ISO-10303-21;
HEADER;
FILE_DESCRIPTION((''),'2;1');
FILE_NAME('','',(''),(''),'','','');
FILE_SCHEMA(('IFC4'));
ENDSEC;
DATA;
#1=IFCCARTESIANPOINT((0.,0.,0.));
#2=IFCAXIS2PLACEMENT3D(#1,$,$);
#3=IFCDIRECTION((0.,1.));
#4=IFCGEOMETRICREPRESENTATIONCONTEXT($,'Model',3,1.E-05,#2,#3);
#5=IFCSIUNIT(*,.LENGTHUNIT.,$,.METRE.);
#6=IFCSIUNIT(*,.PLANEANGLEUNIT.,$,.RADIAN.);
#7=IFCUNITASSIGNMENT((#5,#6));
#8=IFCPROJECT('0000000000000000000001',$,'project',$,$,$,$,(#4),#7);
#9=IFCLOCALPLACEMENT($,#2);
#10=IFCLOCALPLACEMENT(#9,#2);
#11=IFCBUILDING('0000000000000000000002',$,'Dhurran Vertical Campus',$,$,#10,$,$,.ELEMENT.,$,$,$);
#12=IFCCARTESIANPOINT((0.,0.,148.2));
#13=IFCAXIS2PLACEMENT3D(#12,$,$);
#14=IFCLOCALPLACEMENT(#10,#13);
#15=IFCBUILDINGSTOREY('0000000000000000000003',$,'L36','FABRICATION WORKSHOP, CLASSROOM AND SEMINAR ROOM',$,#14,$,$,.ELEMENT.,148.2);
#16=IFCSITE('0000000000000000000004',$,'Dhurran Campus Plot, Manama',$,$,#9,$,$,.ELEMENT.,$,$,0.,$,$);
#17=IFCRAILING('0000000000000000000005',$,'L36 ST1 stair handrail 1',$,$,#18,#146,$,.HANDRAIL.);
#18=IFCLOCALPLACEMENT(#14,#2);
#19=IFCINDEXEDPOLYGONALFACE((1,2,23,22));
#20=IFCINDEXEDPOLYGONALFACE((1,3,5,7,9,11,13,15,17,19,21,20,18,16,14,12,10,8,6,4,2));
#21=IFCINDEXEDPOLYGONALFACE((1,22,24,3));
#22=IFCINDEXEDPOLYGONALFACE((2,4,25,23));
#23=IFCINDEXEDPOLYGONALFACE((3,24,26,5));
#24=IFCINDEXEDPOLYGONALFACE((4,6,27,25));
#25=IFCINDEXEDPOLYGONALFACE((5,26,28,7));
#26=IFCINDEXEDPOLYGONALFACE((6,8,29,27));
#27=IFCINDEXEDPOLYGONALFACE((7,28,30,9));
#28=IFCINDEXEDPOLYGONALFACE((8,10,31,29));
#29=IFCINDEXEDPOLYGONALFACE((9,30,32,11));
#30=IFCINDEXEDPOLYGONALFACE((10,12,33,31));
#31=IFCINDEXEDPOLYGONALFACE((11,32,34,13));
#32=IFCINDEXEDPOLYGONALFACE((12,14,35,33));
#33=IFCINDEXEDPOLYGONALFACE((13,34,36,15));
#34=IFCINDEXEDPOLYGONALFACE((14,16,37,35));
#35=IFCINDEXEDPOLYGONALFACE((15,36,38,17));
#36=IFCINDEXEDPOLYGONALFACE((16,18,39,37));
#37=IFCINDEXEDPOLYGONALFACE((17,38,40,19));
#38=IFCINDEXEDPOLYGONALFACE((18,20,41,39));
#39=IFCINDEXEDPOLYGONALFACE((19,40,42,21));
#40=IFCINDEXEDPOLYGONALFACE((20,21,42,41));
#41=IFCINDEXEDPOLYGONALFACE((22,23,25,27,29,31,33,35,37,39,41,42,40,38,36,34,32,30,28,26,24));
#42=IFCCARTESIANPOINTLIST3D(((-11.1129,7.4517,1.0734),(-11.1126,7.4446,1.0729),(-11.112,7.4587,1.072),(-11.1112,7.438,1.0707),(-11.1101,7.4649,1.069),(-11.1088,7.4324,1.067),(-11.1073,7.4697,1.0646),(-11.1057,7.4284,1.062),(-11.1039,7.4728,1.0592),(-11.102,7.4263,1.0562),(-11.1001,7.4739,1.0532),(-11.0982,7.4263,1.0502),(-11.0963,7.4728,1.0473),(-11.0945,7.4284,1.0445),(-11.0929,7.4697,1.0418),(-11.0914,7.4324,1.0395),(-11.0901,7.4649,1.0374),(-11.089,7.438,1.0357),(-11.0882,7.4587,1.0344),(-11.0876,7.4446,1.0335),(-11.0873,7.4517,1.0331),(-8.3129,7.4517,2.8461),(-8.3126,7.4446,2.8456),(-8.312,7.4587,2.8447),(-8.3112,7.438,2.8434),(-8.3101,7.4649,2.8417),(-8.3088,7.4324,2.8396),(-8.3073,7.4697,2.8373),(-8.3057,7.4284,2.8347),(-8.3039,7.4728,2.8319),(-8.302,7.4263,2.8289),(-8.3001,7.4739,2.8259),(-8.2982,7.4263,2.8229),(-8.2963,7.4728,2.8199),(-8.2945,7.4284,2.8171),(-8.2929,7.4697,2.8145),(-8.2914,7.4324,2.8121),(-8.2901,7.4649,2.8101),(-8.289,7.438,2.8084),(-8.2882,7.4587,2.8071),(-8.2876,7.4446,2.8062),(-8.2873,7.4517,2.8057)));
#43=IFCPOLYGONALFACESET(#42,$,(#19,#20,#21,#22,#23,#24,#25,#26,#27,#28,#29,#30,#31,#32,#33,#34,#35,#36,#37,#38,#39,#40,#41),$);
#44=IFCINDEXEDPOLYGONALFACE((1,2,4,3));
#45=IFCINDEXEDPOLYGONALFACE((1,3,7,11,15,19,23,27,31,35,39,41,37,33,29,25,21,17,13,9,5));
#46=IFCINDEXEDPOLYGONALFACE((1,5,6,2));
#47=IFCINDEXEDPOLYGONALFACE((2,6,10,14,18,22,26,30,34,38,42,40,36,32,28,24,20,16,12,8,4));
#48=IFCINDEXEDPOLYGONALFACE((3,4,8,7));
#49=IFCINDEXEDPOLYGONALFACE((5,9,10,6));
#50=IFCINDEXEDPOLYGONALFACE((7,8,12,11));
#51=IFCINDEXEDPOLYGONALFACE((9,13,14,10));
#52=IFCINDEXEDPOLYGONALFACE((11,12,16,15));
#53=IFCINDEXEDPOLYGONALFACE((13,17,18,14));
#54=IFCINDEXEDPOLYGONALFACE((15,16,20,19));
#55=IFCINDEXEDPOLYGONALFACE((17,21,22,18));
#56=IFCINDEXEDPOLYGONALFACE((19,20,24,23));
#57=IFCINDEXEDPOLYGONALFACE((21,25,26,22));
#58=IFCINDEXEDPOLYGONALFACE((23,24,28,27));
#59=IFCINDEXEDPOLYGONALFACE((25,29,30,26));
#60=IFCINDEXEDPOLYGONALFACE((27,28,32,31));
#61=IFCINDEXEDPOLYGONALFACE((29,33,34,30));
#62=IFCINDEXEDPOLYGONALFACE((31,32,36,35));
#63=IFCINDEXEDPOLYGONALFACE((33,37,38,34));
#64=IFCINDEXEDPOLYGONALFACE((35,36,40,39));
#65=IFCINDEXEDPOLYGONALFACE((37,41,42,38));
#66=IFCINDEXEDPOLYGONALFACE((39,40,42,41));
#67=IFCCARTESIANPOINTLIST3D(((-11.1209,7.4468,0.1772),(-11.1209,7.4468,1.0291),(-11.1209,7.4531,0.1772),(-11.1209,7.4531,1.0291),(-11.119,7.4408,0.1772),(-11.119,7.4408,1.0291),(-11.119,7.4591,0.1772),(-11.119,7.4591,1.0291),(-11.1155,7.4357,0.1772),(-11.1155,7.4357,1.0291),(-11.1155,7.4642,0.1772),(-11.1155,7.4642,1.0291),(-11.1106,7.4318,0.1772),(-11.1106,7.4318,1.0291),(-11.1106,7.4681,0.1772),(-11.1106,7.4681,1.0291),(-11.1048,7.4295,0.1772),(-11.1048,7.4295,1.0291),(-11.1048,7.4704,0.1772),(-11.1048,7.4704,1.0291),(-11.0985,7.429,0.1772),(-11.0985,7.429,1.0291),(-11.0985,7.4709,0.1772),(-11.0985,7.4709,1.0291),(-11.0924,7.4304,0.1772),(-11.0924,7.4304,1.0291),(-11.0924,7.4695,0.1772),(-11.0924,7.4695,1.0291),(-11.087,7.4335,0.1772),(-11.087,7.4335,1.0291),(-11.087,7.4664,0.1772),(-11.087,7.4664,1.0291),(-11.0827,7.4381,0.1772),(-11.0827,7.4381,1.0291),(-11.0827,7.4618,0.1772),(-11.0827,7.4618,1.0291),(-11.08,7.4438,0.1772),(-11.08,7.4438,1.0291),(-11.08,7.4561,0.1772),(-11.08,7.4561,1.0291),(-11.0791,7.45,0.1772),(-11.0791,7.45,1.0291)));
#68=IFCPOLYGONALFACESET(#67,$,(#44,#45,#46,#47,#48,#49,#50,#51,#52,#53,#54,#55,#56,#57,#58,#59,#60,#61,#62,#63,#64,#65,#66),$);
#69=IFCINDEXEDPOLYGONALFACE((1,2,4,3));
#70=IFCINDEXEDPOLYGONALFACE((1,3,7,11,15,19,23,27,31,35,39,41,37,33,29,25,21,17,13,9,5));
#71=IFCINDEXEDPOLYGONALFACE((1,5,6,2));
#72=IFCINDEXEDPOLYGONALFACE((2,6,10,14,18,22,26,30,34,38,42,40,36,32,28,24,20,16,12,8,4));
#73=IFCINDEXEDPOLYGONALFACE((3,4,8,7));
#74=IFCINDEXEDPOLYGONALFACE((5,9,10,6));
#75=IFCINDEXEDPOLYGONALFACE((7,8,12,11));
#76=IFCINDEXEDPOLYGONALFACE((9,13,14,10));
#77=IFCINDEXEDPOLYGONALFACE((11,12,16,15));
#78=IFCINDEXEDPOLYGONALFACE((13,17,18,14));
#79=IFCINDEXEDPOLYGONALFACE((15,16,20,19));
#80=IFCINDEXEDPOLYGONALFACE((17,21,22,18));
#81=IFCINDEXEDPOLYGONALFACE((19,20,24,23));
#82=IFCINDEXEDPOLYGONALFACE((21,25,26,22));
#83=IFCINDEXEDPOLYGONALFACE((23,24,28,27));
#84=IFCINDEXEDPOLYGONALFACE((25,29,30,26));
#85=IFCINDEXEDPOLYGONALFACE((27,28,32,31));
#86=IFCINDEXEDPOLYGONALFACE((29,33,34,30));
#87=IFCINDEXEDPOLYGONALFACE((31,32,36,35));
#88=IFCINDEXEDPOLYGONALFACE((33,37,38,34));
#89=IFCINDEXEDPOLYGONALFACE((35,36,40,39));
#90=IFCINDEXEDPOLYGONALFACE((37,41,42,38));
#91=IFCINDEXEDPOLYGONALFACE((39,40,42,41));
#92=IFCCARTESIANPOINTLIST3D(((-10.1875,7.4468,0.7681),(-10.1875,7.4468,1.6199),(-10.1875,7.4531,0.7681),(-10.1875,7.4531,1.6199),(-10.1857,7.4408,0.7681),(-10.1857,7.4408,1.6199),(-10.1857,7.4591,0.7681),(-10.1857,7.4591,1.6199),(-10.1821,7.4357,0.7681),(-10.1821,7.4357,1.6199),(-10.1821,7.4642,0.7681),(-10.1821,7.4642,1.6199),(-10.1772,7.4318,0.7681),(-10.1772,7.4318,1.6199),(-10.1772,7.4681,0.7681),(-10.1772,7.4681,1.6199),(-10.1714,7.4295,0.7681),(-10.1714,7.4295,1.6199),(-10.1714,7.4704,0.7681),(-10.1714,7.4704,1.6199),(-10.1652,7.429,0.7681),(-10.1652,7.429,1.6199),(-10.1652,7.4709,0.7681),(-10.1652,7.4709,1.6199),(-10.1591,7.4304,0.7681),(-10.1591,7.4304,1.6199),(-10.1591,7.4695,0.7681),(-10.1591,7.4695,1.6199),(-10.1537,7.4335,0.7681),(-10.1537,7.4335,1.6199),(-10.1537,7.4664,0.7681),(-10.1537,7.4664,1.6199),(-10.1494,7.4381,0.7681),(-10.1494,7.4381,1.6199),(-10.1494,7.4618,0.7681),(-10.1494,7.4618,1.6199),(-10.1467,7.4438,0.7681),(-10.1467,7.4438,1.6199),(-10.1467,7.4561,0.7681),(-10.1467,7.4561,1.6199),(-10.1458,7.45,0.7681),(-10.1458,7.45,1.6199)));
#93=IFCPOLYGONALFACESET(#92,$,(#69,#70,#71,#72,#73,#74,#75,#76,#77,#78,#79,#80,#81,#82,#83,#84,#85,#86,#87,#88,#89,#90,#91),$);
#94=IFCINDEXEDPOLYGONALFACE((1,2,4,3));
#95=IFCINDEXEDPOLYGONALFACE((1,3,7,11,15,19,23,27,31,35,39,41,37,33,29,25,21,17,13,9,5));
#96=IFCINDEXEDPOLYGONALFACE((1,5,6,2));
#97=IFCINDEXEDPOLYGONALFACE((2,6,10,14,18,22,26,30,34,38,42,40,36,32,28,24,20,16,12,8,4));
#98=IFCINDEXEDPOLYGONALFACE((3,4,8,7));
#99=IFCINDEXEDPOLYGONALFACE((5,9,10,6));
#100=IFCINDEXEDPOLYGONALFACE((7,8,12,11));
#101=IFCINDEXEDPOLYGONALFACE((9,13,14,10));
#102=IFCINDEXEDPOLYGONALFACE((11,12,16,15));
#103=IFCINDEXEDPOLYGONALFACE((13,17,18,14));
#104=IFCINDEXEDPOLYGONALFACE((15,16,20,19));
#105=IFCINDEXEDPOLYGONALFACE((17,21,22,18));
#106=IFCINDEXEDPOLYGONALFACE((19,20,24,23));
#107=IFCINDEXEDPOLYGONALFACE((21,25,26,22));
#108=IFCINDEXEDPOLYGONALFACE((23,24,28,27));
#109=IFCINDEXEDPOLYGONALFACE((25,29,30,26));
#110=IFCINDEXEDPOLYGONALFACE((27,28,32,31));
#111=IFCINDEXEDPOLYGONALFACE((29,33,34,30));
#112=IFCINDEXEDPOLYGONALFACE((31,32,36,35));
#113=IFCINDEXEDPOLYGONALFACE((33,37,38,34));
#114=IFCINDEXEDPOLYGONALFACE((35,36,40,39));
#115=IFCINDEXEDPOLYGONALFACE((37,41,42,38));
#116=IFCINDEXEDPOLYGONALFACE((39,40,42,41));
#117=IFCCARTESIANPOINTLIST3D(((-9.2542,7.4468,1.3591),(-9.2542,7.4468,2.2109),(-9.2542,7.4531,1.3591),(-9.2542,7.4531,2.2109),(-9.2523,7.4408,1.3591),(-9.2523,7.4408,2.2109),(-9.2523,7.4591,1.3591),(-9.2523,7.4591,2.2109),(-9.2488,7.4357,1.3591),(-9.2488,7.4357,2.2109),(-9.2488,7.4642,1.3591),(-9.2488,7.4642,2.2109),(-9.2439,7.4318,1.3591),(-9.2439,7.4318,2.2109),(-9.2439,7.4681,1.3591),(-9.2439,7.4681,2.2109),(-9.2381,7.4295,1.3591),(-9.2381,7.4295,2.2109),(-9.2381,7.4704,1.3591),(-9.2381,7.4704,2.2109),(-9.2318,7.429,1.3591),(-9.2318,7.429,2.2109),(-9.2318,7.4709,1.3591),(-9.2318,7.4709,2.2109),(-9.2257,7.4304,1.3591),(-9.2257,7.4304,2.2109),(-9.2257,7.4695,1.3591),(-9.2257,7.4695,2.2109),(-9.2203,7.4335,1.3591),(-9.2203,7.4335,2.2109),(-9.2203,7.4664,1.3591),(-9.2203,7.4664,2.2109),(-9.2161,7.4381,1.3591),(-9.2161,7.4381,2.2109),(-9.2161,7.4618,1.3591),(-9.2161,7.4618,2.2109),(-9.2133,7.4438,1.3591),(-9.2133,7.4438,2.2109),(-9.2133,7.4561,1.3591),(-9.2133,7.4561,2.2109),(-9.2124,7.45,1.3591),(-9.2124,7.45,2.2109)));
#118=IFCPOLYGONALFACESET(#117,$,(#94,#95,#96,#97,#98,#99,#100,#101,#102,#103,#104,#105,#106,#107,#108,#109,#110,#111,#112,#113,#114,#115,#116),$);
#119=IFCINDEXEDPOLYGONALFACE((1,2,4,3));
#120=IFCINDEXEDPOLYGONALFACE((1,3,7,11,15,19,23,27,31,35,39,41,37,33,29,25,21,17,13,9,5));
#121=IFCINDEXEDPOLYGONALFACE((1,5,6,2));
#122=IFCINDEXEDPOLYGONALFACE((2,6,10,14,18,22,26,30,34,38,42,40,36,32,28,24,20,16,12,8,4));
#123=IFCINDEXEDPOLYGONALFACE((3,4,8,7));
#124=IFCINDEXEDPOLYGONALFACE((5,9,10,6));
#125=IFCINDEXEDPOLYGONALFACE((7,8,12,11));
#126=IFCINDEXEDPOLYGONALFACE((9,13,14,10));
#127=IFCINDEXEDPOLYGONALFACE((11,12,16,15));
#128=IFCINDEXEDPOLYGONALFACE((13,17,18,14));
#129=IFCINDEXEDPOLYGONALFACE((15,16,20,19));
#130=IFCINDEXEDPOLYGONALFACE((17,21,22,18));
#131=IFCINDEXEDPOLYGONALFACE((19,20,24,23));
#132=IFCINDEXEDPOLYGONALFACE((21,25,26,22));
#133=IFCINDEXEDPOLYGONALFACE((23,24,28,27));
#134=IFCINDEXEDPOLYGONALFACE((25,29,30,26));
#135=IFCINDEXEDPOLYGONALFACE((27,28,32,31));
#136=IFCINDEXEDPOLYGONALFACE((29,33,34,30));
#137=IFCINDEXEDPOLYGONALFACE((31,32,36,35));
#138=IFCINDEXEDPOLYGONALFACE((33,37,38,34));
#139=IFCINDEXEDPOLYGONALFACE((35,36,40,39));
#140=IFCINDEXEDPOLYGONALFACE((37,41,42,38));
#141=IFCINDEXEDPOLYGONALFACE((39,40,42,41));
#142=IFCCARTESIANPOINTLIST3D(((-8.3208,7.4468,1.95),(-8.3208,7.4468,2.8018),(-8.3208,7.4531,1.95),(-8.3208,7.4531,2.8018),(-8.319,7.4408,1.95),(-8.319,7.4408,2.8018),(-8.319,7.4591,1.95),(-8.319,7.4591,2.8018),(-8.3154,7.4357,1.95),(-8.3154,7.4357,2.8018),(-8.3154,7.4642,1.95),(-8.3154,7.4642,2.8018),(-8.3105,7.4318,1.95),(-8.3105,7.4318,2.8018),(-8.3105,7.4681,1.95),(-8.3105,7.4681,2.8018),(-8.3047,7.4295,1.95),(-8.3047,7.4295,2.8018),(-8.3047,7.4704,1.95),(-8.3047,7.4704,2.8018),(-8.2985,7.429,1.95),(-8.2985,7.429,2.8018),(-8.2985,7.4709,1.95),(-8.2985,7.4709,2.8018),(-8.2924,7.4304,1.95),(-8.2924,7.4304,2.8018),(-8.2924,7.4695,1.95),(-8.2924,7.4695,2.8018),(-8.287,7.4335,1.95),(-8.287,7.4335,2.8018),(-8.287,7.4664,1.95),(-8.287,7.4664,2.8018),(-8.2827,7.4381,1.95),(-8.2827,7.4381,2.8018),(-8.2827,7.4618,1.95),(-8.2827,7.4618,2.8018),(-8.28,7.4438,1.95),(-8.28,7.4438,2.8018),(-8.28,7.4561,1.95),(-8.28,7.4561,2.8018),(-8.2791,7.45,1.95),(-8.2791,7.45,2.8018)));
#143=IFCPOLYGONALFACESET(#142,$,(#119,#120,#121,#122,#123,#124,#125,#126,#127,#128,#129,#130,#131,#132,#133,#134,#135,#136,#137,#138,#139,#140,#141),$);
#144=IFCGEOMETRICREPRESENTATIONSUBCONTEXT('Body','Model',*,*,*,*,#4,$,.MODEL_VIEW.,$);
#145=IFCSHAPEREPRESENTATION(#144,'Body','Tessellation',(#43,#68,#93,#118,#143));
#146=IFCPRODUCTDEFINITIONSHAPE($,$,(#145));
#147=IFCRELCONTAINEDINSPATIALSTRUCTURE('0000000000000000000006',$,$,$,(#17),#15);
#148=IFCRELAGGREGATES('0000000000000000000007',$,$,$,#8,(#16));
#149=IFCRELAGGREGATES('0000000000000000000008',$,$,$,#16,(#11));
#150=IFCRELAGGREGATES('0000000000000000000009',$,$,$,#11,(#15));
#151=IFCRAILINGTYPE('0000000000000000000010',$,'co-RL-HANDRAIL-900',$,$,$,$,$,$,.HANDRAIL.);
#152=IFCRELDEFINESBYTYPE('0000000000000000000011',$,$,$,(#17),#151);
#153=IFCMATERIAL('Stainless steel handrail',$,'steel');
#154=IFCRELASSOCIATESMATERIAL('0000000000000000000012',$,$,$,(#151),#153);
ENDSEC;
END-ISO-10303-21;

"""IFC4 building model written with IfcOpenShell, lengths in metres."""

from ifc_helpers import new_model, si_unit, direction, frame, origin, origin_2d, place, context, subcontext, project, spatial, circle, extrude, material, type_object, element, save


model = new_model("IFC4")

# Units and contexts
model_context = context("Model", 3, precision=1e-05, world=origin(), true_north=direction((0.0, 1.0)))
body_context = subcontext(model_context, "Body", "Model", "MODEL_VIEW")
ifc_project = project(units=[si_unit("LENGTHUNIT", "METRE"), si_unit("PLANEANGLEUNIT", "RADIAN")], contexts=[model_context])

# Site, building, storey
site_placement = place(None, origin())
site = spatial("IfcSite", under=ifc_project, at=site_placement, Name="Dhurran Campus Plot, Manama", CompositionType="ELEMENT", RefElevation=0.0)
building_placement = place(site_placement, origin())
building = spatial("IfcBuilding", under=site, at=building_placement, Name="Dhurran Vertical Campus", CompositionType="ELEMENT")
storey_placement = place(building_placement, frame((0.0, 0.0, 148.2)))
storey = spatial("IfcBuildingStorey", under=building, at=storey_placement, Name="L36", Description="FABRICATION WORKSHOP, CLASSROOM AND SEMINAR ROOM", CompositionType="ELEMENT", Elevation=148.2)

# Railing
ifc_material_1 = material(Name="Stainless steel handrail", Category="steel")
railing_type_1 = type_object("IfcRailingType", Name="co-RL-HANDRAIL-900", PredefinedType="HANDRAIL", material=ifc_material_1)
railing_1_placement = place(storey_placement, frame((-11.1001, 7.45, 0.1772)))
element("IfcRailing", 1, at=railing_1_placement, inside=storey, type_object=railing_type_1, Name="L36 ST1 stair handrail 1", PredefinedType="HANDRAIL", context=body_context, shape_type="SweptSolid", body=[
    extrude(circle(Radius=0.0239, at=origin_2d()), frame((0.0, 0.0, 0.876), z_axis=(0.844909, 0.0, 0.53491), x_axis=(0.0, 1.0, 0.0)), (0.0, 0.0, 1.0), 3.314),
    extrude(circle(Radius=0.021, at=origin_2d()), origin(), (0.0, 0.0, 1.0), 0.8518),
    extrude(circle(Radius=0.021, at=origin_2d()), frame((0.9333, 0.0, 0.5908)), (0.0, 0.0, 1.0), 0.8518),
    extrude(circle(Radius=0.021, at=origin_2d()), frame((1.8667, 0.0, 1.1819)), (0.0, 0.0, 1.0), 0.8518),
    extrude(circle(Radius=0.021, at=origin_2d()), frame((2.8, 0.0, 1.7727)), (0.0, 0.0, 1.0), 0.8518),
])

save(model, "model.ifc")
